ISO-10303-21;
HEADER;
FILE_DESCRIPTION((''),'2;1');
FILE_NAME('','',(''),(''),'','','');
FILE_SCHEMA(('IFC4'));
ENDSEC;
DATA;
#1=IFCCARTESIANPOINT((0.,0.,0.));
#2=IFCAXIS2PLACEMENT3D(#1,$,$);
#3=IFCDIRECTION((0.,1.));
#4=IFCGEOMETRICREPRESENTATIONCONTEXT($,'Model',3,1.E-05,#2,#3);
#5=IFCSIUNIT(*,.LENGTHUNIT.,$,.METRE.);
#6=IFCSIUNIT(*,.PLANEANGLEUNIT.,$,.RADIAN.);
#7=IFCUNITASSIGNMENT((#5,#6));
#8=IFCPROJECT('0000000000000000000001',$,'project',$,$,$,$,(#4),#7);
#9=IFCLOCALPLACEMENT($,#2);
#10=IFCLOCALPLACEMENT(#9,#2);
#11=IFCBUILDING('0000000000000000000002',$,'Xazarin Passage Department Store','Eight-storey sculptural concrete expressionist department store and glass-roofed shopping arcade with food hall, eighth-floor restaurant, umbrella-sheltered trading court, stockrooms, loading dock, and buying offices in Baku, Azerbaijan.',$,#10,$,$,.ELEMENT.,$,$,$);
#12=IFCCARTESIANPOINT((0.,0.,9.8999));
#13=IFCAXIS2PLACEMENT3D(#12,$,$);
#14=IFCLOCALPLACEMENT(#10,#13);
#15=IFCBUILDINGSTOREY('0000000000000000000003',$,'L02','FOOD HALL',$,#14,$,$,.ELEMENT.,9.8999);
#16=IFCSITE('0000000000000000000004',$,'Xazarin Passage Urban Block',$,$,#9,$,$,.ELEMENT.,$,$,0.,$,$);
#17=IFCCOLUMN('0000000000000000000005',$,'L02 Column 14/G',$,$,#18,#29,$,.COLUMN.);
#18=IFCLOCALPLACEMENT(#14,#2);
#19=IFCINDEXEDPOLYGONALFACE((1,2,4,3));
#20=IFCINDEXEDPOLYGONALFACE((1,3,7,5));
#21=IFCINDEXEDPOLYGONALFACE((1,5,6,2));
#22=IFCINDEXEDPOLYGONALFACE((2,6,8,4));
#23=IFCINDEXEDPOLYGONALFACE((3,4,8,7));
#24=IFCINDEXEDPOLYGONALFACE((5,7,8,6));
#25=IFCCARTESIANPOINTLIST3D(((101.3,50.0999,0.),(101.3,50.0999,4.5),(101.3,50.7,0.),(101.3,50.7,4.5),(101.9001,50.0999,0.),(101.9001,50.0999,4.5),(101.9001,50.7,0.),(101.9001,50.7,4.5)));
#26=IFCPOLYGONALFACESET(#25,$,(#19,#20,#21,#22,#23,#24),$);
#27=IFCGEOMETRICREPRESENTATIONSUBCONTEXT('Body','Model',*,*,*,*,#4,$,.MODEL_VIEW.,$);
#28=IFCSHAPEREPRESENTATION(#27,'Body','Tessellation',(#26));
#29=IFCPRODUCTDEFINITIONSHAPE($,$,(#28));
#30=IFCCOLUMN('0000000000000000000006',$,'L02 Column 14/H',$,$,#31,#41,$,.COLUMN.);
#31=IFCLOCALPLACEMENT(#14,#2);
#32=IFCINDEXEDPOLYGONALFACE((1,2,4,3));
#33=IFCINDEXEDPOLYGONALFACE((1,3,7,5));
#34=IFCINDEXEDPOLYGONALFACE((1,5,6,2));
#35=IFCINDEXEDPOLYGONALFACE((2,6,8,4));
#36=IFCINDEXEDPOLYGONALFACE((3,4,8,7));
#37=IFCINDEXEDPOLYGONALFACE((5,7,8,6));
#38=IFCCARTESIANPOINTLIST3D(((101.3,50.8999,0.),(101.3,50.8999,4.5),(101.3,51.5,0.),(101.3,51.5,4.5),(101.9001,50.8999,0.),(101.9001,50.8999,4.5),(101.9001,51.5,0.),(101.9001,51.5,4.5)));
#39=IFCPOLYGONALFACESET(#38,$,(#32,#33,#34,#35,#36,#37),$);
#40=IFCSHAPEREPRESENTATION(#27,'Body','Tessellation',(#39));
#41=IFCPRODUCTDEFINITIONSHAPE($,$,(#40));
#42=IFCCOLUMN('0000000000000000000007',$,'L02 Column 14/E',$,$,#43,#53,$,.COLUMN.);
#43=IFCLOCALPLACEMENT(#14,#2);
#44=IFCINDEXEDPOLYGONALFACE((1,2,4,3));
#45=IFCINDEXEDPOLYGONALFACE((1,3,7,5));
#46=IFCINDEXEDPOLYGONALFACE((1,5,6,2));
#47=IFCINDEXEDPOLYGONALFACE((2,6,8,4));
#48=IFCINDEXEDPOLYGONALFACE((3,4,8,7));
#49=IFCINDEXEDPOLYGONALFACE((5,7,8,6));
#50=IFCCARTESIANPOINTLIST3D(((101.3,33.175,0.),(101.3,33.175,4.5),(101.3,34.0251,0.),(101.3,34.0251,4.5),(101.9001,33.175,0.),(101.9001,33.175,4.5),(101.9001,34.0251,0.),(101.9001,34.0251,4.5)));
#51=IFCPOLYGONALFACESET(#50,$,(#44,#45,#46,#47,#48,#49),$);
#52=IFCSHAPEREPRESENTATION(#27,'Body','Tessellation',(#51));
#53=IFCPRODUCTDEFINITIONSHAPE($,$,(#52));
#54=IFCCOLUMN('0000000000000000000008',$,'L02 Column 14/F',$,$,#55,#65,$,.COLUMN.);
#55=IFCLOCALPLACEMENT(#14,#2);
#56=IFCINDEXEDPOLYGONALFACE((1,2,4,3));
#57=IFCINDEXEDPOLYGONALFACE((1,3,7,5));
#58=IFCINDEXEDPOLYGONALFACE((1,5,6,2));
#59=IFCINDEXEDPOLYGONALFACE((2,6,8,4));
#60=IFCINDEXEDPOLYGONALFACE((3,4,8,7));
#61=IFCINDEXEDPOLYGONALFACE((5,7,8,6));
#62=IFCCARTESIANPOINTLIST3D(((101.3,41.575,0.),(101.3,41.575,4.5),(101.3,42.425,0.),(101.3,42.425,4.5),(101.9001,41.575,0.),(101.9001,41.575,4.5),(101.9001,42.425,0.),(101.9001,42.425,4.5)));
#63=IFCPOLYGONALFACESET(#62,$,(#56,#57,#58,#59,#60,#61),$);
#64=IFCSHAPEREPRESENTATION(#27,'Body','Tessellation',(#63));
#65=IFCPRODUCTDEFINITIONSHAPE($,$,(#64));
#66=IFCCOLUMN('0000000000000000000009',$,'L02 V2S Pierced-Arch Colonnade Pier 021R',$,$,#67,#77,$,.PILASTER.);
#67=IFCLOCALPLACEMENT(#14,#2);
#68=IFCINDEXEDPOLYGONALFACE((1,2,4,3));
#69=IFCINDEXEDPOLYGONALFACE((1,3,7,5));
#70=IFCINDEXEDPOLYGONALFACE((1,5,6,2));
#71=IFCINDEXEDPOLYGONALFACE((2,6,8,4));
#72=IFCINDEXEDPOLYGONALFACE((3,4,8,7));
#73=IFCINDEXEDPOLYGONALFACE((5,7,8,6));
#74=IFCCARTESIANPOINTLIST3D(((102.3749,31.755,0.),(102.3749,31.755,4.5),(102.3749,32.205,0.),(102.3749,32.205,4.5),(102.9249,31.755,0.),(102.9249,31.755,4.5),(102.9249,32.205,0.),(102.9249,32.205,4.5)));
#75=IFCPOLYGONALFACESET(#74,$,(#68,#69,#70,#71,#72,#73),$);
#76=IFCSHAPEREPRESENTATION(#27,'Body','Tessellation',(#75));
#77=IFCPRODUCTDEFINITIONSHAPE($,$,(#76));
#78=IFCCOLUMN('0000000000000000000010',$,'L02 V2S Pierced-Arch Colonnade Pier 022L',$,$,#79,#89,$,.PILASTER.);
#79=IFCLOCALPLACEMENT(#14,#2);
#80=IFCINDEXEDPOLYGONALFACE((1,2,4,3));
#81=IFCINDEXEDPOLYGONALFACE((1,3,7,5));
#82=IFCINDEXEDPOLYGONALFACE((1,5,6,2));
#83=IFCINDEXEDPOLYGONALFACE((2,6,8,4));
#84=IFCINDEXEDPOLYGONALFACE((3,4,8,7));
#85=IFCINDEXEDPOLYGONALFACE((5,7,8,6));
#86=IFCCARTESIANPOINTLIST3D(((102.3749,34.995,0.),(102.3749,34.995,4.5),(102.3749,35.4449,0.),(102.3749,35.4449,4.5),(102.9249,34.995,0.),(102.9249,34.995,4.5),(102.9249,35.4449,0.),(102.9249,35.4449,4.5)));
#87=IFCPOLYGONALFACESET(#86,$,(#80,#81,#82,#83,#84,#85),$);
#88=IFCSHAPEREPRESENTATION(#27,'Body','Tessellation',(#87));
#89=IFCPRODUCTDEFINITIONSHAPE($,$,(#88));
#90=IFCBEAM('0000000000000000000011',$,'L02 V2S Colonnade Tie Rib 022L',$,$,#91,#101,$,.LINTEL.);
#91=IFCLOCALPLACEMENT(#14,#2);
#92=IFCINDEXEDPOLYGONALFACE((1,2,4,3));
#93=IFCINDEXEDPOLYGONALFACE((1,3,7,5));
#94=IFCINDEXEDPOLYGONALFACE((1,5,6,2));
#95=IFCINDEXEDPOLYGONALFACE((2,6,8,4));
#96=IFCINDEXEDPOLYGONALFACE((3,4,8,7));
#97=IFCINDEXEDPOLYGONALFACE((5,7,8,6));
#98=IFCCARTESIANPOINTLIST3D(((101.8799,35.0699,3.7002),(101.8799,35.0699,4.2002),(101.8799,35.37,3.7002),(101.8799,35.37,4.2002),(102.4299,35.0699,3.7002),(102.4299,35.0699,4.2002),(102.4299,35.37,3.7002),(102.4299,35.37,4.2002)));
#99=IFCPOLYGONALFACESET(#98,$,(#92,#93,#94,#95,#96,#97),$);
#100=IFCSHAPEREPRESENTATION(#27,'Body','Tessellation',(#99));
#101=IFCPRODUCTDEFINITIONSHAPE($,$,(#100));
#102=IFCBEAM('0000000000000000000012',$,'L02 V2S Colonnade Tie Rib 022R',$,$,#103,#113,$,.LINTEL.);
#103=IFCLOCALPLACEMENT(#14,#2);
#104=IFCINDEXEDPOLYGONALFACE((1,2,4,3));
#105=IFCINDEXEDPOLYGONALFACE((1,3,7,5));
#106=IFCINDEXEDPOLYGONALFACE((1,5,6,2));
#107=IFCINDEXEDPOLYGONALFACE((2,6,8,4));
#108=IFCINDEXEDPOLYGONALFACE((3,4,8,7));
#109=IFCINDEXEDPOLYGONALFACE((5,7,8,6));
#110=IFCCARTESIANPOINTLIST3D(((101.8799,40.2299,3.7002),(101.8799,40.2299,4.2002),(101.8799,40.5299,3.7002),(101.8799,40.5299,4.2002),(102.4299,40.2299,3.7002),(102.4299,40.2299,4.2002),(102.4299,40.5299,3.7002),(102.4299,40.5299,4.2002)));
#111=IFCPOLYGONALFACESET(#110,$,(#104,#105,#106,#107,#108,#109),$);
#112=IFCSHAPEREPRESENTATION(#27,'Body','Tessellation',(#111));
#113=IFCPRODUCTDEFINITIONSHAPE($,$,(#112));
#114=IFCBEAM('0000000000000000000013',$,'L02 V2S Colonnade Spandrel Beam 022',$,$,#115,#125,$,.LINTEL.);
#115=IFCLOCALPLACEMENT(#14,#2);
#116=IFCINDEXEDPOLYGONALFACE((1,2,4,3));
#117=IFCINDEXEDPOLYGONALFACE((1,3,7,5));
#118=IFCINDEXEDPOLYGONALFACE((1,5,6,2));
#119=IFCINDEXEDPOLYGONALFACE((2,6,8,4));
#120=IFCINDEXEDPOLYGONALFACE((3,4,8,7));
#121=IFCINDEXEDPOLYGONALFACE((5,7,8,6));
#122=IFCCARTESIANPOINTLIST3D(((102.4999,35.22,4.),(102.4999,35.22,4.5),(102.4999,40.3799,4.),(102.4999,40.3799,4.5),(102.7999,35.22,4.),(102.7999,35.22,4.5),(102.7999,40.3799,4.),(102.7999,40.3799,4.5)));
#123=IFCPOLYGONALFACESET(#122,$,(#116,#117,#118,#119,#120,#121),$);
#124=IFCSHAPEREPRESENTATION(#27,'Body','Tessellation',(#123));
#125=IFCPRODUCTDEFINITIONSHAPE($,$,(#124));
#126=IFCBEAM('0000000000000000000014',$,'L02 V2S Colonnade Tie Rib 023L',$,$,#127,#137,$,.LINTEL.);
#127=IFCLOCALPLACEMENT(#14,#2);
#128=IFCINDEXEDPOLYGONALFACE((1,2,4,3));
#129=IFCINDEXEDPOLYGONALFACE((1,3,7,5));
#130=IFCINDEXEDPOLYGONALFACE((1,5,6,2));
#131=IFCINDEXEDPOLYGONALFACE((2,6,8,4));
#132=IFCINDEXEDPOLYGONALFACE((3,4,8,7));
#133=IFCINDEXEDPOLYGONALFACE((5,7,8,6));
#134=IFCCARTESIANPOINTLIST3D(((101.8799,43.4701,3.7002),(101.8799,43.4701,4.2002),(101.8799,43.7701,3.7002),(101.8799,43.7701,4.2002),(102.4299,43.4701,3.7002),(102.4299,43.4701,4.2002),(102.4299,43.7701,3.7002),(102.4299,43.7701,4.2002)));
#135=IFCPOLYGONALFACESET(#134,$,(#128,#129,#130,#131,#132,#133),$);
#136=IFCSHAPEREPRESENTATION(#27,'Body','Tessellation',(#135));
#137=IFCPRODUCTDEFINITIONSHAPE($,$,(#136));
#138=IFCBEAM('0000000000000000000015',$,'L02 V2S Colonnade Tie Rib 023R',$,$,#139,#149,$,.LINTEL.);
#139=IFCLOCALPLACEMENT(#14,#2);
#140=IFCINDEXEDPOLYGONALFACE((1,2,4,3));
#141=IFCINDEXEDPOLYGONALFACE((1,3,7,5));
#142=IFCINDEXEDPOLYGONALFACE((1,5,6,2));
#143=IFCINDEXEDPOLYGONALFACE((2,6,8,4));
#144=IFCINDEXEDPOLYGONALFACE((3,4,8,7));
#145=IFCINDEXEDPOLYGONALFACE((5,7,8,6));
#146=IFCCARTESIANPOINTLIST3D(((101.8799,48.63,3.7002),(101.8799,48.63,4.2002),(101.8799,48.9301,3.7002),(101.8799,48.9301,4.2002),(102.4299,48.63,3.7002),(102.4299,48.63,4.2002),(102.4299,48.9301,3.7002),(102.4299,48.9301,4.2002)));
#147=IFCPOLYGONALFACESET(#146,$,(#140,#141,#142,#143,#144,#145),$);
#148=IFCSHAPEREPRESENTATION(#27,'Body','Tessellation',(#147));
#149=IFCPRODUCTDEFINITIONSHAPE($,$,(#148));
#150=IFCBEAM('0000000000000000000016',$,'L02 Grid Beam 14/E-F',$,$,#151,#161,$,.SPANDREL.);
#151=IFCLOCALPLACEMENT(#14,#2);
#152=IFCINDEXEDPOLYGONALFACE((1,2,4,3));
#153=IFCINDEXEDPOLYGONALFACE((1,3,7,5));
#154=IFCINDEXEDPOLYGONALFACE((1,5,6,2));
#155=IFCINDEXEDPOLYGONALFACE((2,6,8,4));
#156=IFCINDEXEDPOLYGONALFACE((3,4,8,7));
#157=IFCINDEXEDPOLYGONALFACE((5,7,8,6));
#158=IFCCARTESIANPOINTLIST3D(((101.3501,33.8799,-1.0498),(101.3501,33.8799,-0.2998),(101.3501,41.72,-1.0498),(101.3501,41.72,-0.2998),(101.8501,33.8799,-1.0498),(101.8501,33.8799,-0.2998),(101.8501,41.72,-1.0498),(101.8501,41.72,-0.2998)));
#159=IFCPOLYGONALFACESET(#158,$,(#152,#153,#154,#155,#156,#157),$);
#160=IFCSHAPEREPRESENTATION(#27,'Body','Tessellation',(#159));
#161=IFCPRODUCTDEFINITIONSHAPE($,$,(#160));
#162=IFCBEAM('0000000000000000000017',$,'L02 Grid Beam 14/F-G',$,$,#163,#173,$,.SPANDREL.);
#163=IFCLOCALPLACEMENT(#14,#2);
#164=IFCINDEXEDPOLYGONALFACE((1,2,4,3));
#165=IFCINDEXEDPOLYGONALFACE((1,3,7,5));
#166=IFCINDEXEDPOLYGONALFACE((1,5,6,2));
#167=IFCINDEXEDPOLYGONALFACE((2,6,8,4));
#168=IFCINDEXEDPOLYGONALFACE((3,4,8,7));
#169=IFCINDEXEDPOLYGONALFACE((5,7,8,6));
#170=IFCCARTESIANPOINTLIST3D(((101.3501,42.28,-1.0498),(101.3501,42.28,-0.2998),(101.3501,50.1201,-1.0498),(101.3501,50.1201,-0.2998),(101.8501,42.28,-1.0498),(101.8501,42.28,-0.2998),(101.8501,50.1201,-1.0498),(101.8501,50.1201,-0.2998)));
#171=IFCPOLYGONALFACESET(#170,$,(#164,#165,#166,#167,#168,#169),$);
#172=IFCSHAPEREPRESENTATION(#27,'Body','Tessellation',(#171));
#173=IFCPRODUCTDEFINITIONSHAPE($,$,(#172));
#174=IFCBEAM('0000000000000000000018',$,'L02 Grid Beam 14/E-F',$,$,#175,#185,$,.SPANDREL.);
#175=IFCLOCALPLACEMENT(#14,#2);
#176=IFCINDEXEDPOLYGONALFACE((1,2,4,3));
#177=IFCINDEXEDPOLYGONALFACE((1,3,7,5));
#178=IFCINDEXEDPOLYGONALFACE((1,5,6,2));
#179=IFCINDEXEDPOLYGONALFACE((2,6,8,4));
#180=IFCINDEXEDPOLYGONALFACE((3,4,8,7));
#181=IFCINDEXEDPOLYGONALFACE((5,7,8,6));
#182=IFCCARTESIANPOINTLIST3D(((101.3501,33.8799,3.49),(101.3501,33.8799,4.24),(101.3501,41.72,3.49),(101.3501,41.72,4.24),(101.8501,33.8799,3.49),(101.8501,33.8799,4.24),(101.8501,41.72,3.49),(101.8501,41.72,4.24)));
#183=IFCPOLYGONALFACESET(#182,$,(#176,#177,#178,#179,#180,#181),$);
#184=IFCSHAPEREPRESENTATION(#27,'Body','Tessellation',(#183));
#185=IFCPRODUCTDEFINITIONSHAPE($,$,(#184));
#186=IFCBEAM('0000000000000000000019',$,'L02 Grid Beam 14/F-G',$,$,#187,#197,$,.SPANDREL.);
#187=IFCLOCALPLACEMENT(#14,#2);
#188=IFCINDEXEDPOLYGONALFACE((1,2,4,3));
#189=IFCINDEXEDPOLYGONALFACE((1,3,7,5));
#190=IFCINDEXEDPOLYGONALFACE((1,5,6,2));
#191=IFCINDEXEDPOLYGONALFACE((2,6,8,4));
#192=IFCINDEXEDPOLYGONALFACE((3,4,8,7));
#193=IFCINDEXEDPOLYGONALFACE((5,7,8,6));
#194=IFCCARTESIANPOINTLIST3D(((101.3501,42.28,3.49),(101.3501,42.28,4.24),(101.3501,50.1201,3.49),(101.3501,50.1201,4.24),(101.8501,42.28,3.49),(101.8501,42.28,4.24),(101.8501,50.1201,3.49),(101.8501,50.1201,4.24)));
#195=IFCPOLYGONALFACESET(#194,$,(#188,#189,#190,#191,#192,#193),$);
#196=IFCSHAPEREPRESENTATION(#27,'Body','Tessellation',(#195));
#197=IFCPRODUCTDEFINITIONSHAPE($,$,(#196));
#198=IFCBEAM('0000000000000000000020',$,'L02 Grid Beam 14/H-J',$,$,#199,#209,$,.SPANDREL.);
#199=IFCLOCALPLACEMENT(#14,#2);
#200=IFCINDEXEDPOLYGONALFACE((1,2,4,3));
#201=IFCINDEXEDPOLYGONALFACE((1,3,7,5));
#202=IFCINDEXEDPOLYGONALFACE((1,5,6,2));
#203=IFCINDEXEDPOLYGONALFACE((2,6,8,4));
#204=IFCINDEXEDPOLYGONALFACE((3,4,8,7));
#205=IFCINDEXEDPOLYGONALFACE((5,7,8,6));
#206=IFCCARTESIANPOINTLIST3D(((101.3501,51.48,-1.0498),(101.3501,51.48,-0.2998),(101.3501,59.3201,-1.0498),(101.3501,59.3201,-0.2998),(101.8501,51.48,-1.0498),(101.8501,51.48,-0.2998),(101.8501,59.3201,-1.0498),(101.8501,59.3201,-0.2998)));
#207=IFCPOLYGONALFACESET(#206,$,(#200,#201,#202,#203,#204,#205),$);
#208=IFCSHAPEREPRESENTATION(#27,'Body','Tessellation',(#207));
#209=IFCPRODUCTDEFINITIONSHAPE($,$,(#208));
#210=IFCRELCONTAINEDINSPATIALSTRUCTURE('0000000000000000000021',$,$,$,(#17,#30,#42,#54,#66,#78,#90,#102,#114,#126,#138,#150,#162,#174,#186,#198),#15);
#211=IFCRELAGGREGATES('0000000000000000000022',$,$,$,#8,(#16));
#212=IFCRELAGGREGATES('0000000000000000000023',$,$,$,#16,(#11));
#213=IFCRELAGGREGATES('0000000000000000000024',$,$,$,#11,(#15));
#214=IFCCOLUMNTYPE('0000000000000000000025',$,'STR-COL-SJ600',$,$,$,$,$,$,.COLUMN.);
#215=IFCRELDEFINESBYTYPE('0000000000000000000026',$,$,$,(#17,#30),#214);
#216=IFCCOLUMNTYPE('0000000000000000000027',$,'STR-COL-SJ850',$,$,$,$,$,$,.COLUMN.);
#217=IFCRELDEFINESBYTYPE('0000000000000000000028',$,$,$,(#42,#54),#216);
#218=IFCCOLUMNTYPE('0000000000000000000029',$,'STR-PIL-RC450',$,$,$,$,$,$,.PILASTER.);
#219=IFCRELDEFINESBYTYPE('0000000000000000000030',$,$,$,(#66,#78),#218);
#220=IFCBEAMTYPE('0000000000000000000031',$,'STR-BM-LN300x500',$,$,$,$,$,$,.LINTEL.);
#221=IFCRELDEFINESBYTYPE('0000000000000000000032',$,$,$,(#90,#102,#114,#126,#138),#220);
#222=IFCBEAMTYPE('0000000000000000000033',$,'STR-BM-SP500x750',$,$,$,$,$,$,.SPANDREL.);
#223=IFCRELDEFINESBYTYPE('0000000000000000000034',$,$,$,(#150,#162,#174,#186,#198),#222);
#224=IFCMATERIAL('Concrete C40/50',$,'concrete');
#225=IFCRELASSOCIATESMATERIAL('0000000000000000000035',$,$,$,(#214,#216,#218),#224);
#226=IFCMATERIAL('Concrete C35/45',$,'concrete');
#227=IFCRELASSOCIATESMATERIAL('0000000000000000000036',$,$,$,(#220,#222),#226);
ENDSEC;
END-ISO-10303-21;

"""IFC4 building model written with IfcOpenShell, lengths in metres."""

from ifc_helpers import new_model, si_unit, direction, frame, origin, origin_2d, place, context, subcontext, project, spatial, rectangle, extrude, material, material_profile, profile_set, type_object, element, save


model = new_model("IFC4")

# Units and contexts
model_context = context("Model", 3, precision=1e-05, world=origin(), true_north=direction((0.0, 1.0)))
body_context = subcontext(model_context, "Body", "Model", "MODEL_VIEW")
ifc_project = project(units=[si_unit("LENGTHUNIT", "METRE"), si_unit("PLANEANGLEUNIT", "RADIAN")], contexts=[model_context])

# Site, building, storey
site_placement = place(None, origin())
site = spatial("IfcSite", under=ifc_project, at=site_placement, Name="Xazarin Passage Urban Block", CompositionType="ELEMENT", RefElevation=0.0)
building_placement = place(site_placement, origin())
building = spatial("IfcBuilding", under=site, at=building_placement, Name="Xazarin Passage Department Store", Description="Eight-storey sculptural concrete expressionist department store and glass-roofed shopping arcade with food hall, eighth-floor restaurant, umbrella-sheltered trading court, stockrooms, loading dock, and buying offices in Baku, Azerbaijan.", CompositionType="ELEMENT")
storey_placement = place(building_placement, frame((0.0, 0.0, 9.8999)))
storey = spatial("IfcBuildingStorey", under=building, at=storey_placement, Name="L02", Description="FOOD HALL", CompositionType="ELEMENT", Elevation=9.8999)

# Columns
ifc_material_1 = material(Name="Concrete C40/50", Category="concrete")
ifc_material_profile_1 = material_profile(ifc_material_1, rectangle(XDim=0.6001, YDim=0.6001, at=origin_2d()), Name="RC 600x600")
ifc_profile_set_1 = profile_set([ifc_material_profile_1], Name="Concrete C40/50")
column_type_1 = type_object("IfcColumnType", Name="STR-COL-SJ600", PredefinedType="COLUMN", material=ifc_profile_set_1)
for number, where, z_axis, x_axis, name in (
    (1, (101.6001, 50.3999, 0.0), (0.0, 0.0, 1.0), (1.0, 0.0, 0.0), "L02 Column 14/G"),
    (2, (101.6001, 51.2, 0.0), (0.0, 0.0, 1.0), (1.0, 0.0, 0.0), "L02 Column 14/H"),
):
    element("IfcColumn", number, at=place(storey_placement, frame(where, z_axis=z_axis, x_axis=x_axis)), inside=storey, type_object=column_type_1, Name=name, PredefinedType="COLUMN", context=body_context, shape_type="SweptSolid", body=[
        extrude(rectangle(XDim=0.6001, YDim=0.6001, at=origin_2d()), origin(), (0.0, 0.0, 1.0), 4.5),
    ])
ifc_material_profile_2 = material_profile(ifc_material_1, rectangle(XDim=0.6001, YDim=0.8501, at=origin_2d()), Name="RC 600x850")
ifc_profile_set_2 = profile_set([ifc_material_profile_2], Name="Concrete C40/50")
column_type_2 = type_object("IfcColumnType", Name="STR-COL-SJ850", PredefinedType="COLUMN", material=ifc_profile_set_2)
for number, where, z_axis, x_axis, name in (
    (3, (101.6001, 33.6001, 0.0), (0.0, 0.0, 1.0), (1.0, 0.0, 0.0), "L02 Column 14/E"),
    (4, (101.6001, 42.0, 0.0), (0.0, 0.0, 1.0), (1.0, 0.0, 0.0), "L02 Column 14/F"),
):
    element("IfcColumn", number, at=place(storey_placement, frame(where, z_axis=z_axis, x_axis=x_axis)), inside=storey, type_object=column_type_2, Name=name, PredefinedType="COLUMN", context=body_context, shape_type="SweptSolid", body=[
        extrude(rectangle(XDim=0.6001, YDim=0.8501, at=origin_2d()), origin(), (0.0, 0.0, 1.0), 4.5),
    ])
ifc_material_profile_3 = material_profile(ifc_material_1, rectangle(XDim=0.45, YDim=0.55, at=origin_2d()), Name="RC 450x550")
ifc_profile_set_3 = profile_set([ifc_material_profile_3], Name="Concrete C40/50")
column_type_3 = type_object("IfcColumnType", Name="STR-PIL-RC450", PredefinedType="PILASTER", material=ifc_profile_set_3)
for number, where, z_axis, x_axis, name in (
    (5, (102.6499, 31.98, 0.0), (0.0, 0.0, 1.0), (0.0, 1.0, 0.0), "L02 V2S Pierced-Arch Colonnade Pier 021R"),
    (6, (102.6499, 35.22, 0.0), (0.0, 0.0, 1.0), (0.0, 1.0, 0.0), "L02 V2S Pierced-Arch Colonnade Pier 022L"),
):
    element("IfcColumn", number, at=place(storey_placement, frame(where, z_axis=z_axis, x_axis=x_axis)), inside=storey, type_object=column_type_3, Name=name, PredefinedType="PILASTER", context=body_context, shape_type="SweptSolid", body=[
        extrude(rectangle(XDim=0.45, YDim=0.55, at=origin_2d()), origin(), (0.0, 0.0, 1.0), 4.5),
    ])

# Beams
ifc_material_2 = material(Name="Concrete C35/45", Category="concrete")
ifc_material_profile_4 = material_profile(ifc_material_2, rectangle(XDim=0.3, YDim=0.5, at=origin_2d()), Name="RC 300x500")
ifc_profile_set_4 = profile_set([ifc_material_profile_4], Name="Concrete C35/45")
beam_type_1 = type_object("IfcBeamType", Name="STR-BM-LN300x500", PredefinedType="LINTEL", material=ifc_profile_set_4)
for number, where, z_axis, x_axis, name in (
    (7, (101.8799, 35.22, 3.9502), (1.0, 0.0, 0.0), (0.0, 1.0, 0.0), "L02 V2S Colonnade Tie Rib 022L"),
    (8, (101.8799, 40.3799, 3.9502), (1.0, 0.0, 0.0), (0.0, 1.0, 0.0), "L02 V2S Colonnade Tie Rib 022R"),
):
    element("IfcBeam", number, at=place(storey_placement, frame(where, z_axis=z_axis, x_axis=x_axis)), inside=storey, type_object=beam_type_1, Name=name, PredefinedType="LINTEL", context=body_context, shape_type="SweptSolid", body=[
        extrude(rectangle(XDim=0.3, YDim=0.5, at=origin_2d()), origin(), (0.0, 0.0, 1.0), 0.55),
    ])
beam_placement = place(storey_placement, frame((102.6499, 35.22, 4.25), z_axis=(0.0, 1.0, 0.0), x_axis=(-1.0, 0.0, 0.0)))
element("IfcBeam", 9, at=beam_placement, inside=storey, type_object=beam_type_1, Name="L02 V2S Colonnade Spandrel Beam 022", PredefinedType="LINTEL", context=body_context, shape_type="SweptSolid", body=[
    extrude(rectangle(XDim=0.3, YDim=0.5, at=origin_2d()), origin(), (0.0, 0.0, 1.0), 5.1599),
])
for number, where, z_axis, x_axis, name in (
    (10, (101.8799, 43.6201, 3.9502), (1.0, 0.0, 0.0), (0.0, 1.0, 0.0), "L02 V2S Colonnade Tie Rib 023L"),
    (11, (101.8799, 48.78, 3.9502), (1.0, 0.0, 0.0), (0.0, 1.0, 0.0), "L02 V2S Colonnade Tie Rib 023R"),
):
    element("IfcBeam", number, at=place(storey_placement, frame(where, z_axis=z_axis, x_axis=x_axis)), inside=storey, type_object=beam_type_1, Name=name, PredefinedType="LINTEL", context=body_context, shape_type="SweptSolid", body=[
        extrude(rectangle(XDim=0.3, YDim=0.5, at=origin_2d()), origin(), (0.0, 0.0, 1.0), 0.55),
    ])
ifc_material_profile_5 = material_profile(ifc_material_2, rectangle(XDim=0.5, YDim=0.75, at=origin_2d()), Name="RC 500x750")
ifc_profile_set_5 = profile_set([ifc_material_profile_5], Name="Concrete C35/45")
beam_type_2 = type_object("IfcBeamType", Name="STR-BM-SP500x750", PredefinedType="SPANDREL", material=ifc_profile_set_5)
for number, where, z_axis, x_axis, name in (
    (12, (101.6001, 33.8799, -0.6748), (0.0, 1.0, 0.0), (-1.0, 0.0, 0.0), "L02 Grid Beam 14/E-F"),
    (13, (101.6001, 42.28, -0.6748), (0.0, 1.0, 0.0), (-1.0, 0.0, 0.0), "L02 Grid Beam 14/F-G"),
    (14, (101.6001, 33.8799, 3.865), (0.0, 1.0, 0.0), (-1.0, 0.0, 0.0), "L02 Grid Beam 14/E-F"),
    (15, (101.6001, 42.28, 3.865), (0.0, 1.0, 0.0), (-1.0, 0.0, 0.0), "L02 Grid Beam 14/F-G"),
    (16, (101.6001, 51.48, -0.6748), (0.0, 1.0, 0.0), (-1.0, 0.0, 0.0), "L02 Grid Beam 14/H-J"),
):
    element("IfcBeam", number, at=place(storey_placement, frame(where, z_axis=z_axis, x_axis=x_axis)), inside=storey, type_object=beam_type_2, Name=name, PredefinedType="SPANDREL", context=body_context, shape_type="SweptSolid", body=[
        extrude(rectangle(XDim=0.5, YDim=0.75, at=origin_2d()), origin(), (0.0, 0.0, 1.0), 7.8401),
    ])

save(model, "model.ifc")
